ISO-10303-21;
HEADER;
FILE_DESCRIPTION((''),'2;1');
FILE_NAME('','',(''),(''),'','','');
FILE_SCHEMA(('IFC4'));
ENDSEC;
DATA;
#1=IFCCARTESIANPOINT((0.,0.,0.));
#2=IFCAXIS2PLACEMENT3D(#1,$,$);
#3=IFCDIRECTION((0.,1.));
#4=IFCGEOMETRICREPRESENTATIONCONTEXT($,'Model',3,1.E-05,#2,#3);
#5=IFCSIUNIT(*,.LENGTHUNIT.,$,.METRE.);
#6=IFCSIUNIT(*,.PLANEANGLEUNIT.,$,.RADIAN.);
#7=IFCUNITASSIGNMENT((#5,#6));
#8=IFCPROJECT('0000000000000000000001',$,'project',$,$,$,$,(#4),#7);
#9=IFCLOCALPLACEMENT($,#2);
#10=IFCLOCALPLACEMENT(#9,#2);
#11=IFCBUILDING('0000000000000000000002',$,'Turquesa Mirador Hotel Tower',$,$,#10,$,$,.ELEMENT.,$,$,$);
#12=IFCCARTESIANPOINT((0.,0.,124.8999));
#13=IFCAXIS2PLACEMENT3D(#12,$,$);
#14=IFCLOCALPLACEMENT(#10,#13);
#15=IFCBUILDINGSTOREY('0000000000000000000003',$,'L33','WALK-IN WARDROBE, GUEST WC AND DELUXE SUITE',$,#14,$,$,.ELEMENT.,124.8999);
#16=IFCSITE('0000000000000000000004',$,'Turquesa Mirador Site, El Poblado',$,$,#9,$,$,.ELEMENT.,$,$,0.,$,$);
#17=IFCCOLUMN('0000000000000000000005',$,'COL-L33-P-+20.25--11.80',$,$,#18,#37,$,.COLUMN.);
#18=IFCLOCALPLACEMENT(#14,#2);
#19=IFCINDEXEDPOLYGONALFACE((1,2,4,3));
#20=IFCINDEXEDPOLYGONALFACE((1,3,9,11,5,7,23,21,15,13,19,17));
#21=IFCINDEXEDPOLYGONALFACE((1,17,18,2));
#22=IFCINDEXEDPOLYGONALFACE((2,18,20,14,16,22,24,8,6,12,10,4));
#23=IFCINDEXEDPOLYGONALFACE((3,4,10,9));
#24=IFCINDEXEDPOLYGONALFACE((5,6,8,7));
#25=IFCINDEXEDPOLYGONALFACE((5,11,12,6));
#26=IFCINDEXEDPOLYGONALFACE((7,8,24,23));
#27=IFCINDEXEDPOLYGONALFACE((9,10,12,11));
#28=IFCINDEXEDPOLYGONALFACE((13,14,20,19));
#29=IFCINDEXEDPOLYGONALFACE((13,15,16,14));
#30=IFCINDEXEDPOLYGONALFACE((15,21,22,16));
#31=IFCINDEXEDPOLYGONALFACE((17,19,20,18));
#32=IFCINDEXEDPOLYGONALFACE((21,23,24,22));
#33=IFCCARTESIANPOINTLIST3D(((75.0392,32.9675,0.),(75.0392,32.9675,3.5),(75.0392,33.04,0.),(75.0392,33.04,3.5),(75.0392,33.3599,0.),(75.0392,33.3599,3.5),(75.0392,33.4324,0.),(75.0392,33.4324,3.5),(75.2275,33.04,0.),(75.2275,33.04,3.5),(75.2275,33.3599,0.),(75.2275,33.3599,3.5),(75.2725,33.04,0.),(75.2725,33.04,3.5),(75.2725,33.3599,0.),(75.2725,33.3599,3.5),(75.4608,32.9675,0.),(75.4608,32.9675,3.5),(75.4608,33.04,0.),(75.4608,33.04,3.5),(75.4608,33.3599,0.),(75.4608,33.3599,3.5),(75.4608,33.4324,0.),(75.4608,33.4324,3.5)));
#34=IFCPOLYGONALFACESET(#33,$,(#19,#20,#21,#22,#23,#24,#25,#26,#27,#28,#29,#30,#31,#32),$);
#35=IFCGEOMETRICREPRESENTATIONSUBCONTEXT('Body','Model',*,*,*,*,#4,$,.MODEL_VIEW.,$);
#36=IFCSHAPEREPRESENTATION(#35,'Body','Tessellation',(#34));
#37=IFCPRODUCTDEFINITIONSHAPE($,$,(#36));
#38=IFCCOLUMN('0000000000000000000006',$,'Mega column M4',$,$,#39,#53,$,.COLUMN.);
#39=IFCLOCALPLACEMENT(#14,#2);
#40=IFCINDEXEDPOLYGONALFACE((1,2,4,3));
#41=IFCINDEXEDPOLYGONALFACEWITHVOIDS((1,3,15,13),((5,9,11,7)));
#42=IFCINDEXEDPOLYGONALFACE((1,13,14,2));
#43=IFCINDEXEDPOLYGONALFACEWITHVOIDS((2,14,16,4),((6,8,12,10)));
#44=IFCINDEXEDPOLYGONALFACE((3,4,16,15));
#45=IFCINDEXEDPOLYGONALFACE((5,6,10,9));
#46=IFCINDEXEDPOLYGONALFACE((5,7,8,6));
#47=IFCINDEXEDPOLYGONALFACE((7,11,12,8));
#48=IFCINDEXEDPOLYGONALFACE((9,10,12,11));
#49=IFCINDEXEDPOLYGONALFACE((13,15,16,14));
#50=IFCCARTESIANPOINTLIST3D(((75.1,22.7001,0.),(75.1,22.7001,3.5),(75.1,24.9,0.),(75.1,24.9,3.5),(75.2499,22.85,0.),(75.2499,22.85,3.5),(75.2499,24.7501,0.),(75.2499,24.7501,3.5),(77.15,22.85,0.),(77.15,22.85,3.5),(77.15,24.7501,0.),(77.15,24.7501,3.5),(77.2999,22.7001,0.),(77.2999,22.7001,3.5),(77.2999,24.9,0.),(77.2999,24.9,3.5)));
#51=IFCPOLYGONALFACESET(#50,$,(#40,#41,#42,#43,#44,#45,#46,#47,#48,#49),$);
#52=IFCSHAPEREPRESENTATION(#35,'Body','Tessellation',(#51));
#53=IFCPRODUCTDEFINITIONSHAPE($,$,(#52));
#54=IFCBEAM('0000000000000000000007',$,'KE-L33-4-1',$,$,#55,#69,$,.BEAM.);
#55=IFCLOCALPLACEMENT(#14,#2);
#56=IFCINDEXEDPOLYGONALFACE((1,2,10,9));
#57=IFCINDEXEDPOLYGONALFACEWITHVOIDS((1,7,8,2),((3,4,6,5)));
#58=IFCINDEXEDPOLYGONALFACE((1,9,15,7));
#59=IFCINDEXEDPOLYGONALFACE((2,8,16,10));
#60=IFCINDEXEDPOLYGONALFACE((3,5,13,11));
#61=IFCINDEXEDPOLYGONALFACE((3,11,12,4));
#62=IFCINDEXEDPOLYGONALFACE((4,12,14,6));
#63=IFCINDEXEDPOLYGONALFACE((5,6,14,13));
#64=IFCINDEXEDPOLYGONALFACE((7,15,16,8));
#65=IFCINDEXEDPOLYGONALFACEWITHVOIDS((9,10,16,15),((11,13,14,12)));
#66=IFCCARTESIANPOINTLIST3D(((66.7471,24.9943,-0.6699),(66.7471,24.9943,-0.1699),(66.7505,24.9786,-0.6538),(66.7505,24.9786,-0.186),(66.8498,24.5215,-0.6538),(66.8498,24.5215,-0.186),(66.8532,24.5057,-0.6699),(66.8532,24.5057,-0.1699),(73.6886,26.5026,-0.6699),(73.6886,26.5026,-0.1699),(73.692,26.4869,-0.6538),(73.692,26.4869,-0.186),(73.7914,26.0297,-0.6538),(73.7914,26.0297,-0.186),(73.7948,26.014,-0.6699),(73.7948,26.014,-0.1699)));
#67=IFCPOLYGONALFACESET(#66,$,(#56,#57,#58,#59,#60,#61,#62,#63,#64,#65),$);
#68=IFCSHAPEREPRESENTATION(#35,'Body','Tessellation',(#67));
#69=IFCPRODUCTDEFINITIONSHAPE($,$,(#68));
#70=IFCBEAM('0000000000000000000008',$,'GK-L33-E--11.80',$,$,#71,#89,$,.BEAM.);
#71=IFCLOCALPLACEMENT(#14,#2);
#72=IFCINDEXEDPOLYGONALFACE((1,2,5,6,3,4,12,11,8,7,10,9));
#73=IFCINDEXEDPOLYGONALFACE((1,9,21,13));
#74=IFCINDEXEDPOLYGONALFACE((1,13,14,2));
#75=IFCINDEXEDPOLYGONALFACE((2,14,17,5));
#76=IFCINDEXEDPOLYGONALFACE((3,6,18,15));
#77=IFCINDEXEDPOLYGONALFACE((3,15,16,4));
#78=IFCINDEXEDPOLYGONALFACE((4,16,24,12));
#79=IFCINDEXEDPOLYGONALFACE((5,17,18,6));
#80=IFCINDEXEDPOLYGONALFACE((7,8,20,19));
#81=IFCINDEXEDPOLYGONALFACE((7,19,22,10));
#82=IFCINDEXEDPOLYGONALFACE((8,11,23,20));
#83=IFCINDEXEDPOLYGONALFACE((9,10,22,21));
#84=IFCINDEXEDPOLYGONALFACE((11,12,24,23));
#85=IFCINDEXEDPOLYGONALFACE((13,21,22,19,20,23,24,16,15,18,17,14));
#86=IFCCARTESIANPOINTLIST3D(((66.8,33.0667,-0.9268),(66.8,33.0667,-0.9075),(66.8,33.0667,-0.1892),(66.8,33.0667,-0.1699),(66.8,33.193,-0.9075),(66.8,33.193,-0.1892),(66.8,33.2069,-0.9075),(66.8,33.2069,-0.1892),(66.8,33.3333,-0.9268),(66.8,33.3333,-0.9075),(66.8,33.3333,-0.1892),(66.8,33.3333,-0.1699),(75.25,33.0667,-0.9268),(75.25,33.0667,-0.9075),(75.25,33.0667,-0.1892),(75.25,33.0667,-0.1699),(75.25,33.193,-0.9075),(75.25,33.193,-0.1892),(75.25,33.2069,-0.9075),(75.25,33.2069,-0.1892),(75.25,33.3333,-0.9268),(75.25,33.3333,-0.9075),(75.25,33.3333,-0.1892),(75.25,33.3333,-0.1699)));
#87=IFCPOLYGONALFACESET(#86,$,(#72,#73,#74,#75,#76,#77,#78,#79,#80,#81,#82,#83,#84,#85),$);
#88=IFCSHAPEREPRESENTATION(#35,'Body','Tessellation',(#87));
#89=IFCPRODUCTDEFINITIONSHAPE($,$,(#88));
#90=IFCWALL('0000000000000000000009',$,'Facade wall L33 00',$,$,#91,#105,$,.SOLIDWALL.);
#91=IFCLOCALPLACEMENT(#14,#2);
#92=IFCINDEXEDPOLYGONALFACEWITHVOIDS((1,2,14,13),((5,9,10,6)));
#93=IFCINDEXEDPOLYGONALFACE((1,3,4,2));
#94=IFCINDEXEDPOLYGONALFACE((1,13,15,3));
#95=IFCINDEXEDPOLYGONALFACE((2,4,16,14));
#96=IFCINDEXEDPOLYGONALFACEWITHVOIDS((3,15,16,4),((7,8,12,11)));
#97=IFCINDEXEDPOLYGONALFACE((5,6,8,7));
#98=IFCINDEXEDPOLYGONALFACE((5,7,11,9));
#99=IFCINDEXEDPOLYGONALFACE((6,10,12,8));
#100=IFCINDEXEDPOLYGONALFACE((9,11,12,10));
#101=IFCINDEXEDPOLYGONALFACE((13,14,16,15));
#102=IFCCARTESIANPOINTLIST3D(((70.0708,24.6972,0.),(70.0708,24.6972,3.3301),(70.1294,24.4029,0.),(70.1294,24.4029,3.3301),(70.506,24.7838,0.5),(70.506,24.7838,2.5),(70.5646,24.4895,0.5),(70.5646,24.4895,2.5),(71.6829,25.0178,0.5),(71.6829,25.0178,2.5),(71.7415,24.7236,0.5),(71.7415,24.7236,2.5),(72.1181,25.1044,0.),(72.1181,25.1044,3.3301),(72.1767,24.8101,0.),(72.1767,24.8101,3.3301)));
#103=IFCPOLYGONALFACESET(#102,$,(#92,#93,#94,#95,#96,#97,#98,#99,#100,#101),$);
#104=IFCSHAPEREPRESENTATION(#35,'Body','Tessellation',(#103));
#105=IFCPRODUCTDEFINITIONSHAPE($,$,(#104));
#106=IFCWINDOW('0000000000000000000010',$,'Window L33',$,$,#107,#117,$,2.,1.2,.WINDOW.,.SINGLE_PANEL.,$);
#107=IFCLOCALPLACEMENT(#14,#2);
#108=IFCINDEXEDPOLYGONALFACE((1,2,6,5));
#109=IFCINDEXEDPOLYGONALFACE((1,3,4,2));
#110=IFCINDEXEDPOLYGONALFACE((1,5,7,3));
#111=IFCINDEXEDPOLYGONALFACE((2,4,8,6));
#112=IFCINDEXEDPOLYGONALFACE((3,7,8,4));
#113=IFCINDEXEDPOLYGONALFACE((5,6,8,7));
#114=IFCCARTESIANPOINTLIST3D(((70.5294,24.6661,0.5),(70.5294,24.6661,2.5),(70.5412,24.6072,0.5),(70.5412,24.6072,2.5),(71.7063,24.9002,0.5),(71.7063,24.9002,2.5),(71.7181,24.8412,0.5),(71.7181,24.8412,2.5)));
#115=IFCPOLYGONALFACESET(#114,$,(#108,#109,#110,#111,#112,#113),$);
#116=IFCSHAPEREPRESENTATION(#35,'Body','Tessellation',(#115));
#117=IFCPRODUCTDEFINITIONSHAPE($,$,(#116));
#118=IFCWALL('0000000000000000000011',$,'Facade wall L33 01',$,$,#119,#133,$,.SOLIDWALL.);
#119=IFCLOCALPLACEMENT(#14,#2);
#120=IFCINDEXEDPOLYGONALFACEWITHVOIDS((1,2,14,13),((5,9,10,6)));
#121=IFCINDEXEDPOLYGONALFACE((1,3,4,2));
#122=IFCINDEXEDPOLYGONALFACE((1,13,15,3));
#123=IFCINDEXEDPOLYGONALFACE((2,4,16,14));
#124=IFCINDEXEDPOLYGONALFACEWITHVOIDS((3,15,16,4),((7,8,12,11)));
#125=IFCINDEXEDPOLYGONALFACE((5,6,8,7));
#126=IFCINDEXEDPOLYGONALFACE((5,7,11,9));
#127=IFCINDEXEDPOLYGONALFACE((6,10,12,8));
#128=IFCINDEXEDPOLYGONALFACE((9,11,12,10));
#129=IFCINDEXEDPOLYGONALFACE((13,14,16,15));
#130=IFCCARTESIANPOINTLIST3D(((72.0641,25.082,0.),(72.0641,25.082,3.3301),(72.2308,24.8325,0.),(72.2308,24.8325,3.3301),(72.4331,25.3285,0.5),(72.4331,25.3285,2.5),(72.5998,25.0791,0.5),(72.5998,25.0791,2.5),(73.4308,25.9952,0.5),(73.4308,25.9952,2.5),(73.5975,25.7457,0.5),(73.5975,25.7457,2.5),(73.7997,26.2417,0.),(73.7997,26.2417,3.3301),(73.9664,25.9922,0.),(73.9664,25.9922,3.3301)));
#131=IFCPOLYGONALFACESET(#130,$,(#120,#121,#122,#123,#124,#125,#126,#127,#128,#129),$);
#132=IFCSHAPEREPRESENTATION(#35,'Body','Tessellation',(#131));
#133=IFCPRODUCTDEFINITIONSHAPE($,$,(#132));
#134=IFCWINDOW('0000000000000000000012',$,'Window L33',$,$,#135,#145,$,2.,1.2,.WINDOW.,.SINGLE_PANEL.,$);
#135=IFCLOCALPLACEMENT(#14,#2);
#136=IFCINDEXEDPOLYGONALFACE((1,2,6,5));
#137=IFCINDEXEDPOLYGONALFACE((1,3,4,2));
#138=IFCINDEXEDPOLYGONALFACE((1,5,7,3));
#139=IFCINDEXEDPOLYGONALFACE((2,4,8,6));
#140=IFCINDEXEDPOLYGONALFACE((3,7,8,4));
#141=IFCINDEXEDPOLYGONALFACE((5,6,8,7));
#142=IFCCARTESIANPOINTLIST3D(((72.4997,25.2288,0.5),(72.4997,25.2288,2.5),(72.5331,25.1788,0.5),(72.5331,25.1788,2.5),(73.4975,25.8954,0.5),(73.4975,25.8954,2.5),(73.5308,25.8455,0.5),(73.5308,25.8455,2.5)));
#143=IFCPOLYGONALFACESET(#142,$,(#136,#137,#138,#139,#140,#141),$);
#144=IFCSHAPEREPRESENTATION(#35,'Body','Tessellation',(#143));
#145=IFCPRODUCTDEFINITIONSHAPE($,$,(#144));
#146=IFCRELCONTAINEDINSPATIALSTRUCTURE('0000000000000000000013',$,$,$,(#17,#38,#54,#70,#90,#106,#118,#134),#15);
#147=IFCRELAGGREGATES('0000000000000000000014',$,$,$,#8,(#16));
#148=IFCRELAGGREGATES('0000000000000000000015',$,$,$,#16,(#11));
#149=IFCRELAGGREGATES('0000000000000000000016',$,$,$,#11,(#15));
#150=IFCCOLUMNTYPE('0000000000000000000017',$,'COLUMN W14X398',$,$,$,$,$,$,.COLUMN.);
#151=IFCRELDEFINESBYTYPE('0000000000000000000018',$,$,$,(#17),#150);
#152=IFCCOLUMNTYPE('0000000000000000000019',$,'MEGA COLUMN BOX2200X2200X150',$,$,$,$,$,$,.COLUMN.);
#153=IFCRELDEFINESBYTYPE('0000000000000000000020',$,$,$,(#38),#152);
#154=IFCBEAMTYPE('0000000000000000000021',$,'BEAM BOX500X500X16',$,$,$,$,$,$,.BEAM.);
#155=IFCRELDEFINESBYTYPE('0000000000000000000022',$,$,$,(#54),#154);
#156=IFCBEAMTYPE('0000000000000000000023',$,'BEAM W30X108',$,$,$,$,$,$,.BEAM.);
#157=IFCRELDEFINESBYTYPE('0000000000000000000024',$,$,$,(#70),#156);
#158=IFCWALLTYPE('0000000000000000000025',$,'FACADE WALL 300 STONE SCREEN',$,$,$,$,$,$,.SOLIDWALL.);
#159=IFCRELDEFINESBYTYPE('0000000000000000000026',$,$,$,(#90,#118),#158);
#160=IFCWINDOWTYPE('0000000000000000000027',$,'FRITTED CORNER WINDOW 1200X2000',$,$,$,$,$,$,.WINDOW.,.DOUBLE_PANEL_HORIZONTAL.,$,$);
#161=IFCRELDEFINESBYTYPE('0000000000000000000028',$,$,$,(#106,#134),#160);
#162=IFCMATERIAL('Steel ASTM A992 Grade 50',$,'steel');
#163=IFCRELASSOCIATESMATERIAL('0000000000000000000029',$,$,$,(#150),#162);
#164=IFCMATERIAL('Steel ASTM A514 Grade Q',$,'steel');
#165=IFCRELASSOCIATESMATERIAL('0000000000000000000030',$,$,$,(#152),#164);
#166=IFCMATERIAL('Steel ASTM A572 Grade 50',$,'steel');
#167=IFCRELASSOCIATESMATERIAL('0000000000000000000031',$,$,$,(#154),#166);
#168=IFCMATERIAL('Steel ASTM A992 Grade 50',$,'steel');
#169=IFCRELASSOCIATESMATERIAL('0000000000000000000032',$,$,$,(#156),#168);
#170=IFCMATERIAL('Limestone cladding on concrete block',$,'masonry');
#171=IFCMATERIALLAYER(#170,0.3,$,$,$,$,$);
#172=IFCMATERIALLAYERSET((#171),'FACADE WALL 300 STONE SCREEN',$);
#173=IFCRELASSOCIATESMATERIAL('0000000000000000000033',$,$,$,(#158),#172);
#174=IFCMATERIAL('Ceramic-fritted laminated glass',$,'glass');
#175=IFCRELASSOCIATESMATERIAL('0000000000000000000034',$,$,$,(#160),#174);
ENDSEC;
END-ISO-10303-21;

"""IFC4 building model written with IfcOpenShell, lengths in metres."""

from ifc_helpers import new_model, si_unit, direction, frame, frame_2d, origin, origin_2d, place, context, subcontext, project, spatial, rectangle, hollow_rectangle, i_section, extrude, material, layer, layer_set, material_profile, profile_set, type_object, element, fill, save


model = new_model("IFC4")

# Units and contexts
model_context = context("Model", 3, precision=1e-05, world=origin(), true_north=direction((0.0, 1.0)))
body_context = subcontext(model_context, "Body", "Model", "MODEL_VIEW")
ifc_project = project(units=[si_unit("LENGTHUNIT", "METRE"), si_unit("PLANEANGLEUNIT", "RADIAN")], contexts=[model_context])

# Site, building, storey
site_placement = place(None, origin())
site = spatial("IfcSite", under=ifc_project, at=site_placement, Name="Turquesa Mirador Site, El Poblado", CompositionType="ELEMENT", RefElevation=0.0)
building_placement = place(site_placement, origin())
building = spatial("IfcBuilding", under=site, at=building_placement, Name="Turquesa Mirador Hotel Tower", CompositionType="ELEMENT")
storey_placement = place(building_placement, frame((0.0, 0.0, 124.8999)))
storey = spatial("IfcBuildingStorey", under=building, at=storey_placement, Name="L33", Description="WALK-IN WARDROBE, GUEST WC AND DELUXE SUITE", CompositionType="ELEMENT", Elevation=124.8999)

# Columns
ifc_material_1 = material(Name="Steel ASTM A992 Grade 50", Category="steel")
ifc_material_profile_1 = material_profile(ifc_material_1, i_section(OverallWidth=0.4216, OverallDepth=0.4648, WebThickness=0.0449, FlangeThickness=0.0725, at=origin_2d()), Name="W14X398")
ifc_profile_set_1 = profile_set([ifc_material_profile_1], Name="Steel ASTM A992 Grade 50")
column_type_1 = type_object("IfcColumnType", Name="COLUMN W14X398", PredefinedType="COLUMN", material=ifc_profile_set_1)
column_1_placement = place(storey_placement, frame((75.25, 33.2, 0.0), z_axis=(0.0, 0.0, 1.0), x_axis=(1.0, 0.0, 0.0)))
element("IfcColumn", 1, at=column_1_placement, inside=storey, type_object=column_type_1, Name="COL-L33-P-+20.25--11.80", PredefinedType="COLUMN", context=body_context, shape_type="SweptSolid", body=[
    extrude(i_section(OverallWidth=0.4216, OverallDepth=0.4648, WebThickness=0.0449, FlangeThickness=0.0725, at=origin_2d()), origin(), (0.0, 0.0, 1.0), 3.5),
])
ifc_material_2 = material(Name="Steel ASTM A514 Grade Q", Category="steel")
ifc_material_profile_2 = material_profile(ifc_material_2, hollow_rectangle(XDim=2.2, YDim=2.2, WallThickness=0.1499, at=origin_2d()), Name="BOX2200X2200X150")
ifc_profile_set_2 = profile_set([ifc_material_profile_2], Name="Steel ASTM A514 Grade Q")
column_type_2 = type_object("IfcColumnType", Name="MEGA COLUMN BOX2200X2200X150", PredefinedType="COLUMN", material=ifc_profile_set_2)
column_2_placement = place(storey_placement, frame((76.2, 23.8, 0.0), z_axis=(0.0, 0.0, 1.0), x_axis=(1.0, 0.0, 0.0)))
element("IfcColumn", 2, at=column_2_placement, inside=storey, type_object=column_type_2, Name="Mega column M4", PredefinedType="COLUMN", context=body_context, shape_type="SweptSolid", body=[
    extrude(hollow_rectangle(XDim=2.2, YDim=2.2, WallThickness=0.1499, at=origin_2d()), origin(), (0.0, 0.0, 1.0), 3.5),
])

# Beams
ifc_material_3 = material(Name="Steel ASTM A572 Grade 50", Category="steel")
ifc_material_profile_3 = material_profile(ifc_material_3, hollow_rectangle(XDim=0.5, YDim=0.5, WallThickness=0.0161, at=origin_2d()), Name="BOX500X500X16")
ifc_profile_set_3 = profile_set([ifc_material_profile_3], Name="Steel ASTM A572 Grade 50")
beam_type_1 = type_object("IfcBeamType", Name="BEAM BOX500X500X16", PredefinedType="BEAM", material=ifc_profile_set_3)
beam_1_placement = place(storey_placement, frame((73.7417, 26.2583, -0.4199), z_axis=(-0.977198, -0.212328, 0.0), x_axis=(0.212328, -0.977198, 0.0)))
element("IfcBeam", 3, at=beam_1_placement, inside=storey, type_object=beam_type_1, Name="KE-L33-4-1", PredefinedType="BEAM", context=body_context, shape_type="SweptSolid", body=[
    extrude(hollow_rectangle(XDim=0.5, YDim=0.5, WallThickness=0.0161, at=origin_2d()), origin(), (0.0, 0.0, 1.0), 7.1035),
])
ifc_material_4 = material(Name="Steel ASTM A992 Grade 50", Category="steel")
ifc_material_profile_4 = material_profile(ifc_material_4, i_section(OverallWidth=0.2666, OverallDepth=0.7568, WebThickness=0.0139, FlangeThickness=0.0193, at=origin_2d()), Name="W30X108")
ifc_profile_set_4 = profile_set([ifc_material_profile_4], Name="Steel ASTM A992 Grade 50")
beam_type_2 = type_object("IfcBeamType", Name="BEAM W30X108", PredefinedType="BEAM", material=ifc_profile_set_4)
beam_2_placement = place(storey_placement, frame((75.25, 33.2, -0.5483), z_axis=(-1.0, 0.0, 0.0), x_axis=(0.0, -1.0, 0.0)))
element("IfcBeam", 4, at=beam_2_placement, inside=storey, type_object=beam_type_2, Name="GK-L33-E--11.80", PredefinedType="BEAM", context=body_context, shape_type="SweptSolid", body=[
    extrude(i_section(OverallWidth=0.2666, OverallDepth=0.7568, WebThickness=0.0139, FlangeThickness=0.0193, at=origin_2d()), origin(), (0.0, 0.0, 1.0), 8.45),
])

# Walls, openings, windows
ifc_material_5 = material(Name="Limestone cladding on concrete block", Category="masonry")
ifc_layer = layer(ifc_material_5, 0.3)
ifc_layer_set = layer_set([ifc_layer], Name="FACADE WALL 300 STONE SCREEN")
wall_type = type_object("IfcWallType", Name="FACADE WALL 300 STONE SCREEN", PredefinedType="SOLIDWALL", material=ifc_layer_set)
wall_1_placement = place(storey_placement, frame((70.1001, 24.55, 0.0), z_axis=(0.0, 0.0, 1.0), x_axis=(0.980787, 0.195081, 0.0)))
wall_1 = element("IfcWall", 5, at=wall_1_placement, inside=storey, type_object=wall_type, Name="Facade wall L33 00", PredefinedType="SOLIDWALL", context=body_context, shape_type="SweptSolid", body=[
    extrude(rectangle(XDim=2.0874, YDim=0.3, at=frame_2d((1.0437, 0.0))), origin(), (0.0, 0.0, 1.0), 3.3301),
])
opening_1_placement = place(wall_1_placement, frame((0.4436, 0.0, 0.5)))
opening_1 = element("IfcOpeningElement", 6, at=opening_1_placement, cuts=wall_1, PredefinedType="OPENING", context=body_context, shape_type="SweptSolid", body=[
    extrude(rectangle(XDim=1.2, YDim=2.0, at=frame_2d((0.6001, 1.0))), frame((0.0, 0.1599, 0.0), z_axis=(0.0, -1.0, 0.0), x_axis=(1.0, 0.0, 0.0)), (0.0, 0.0, 1.0), 0.3201),
])
ifc_material_6 = material(Name="Ceramic-fritted laminated glass", Category="glass")
window_type_1 = type_object("IfcWindowType", Name="FRITTED CORNER WINDOW 1200X2000", PartitioningType="DOUBLE_PANEL_HORIZONTAL", PredefinedType="WINDOW", material=ifc_material_6)
window_1_placement = place(opening_1_placement, origin())
window_1 = element("IfcWindow", 7, at=window_1_placement, inside=storey, type_object=window_type_1, Name="Window L33", OverallHeight=2.0, OverallWidth=1.2, PartitioningType="SINGLE_PANEL", PredefinedType="WINDOW", context=body_context, shape_type="SweptSolid", body=[
    extrude(rectangle(XDim=1.2, YDim=2.0, at=frame_2d((0.6001, 1.0))), frame((0.0, 0.03, 0.0), z_axis=(0.0, -1.0, 0.0), x_axis=(1.0, 0.0, 0.0)), (0.0, 0.0, 1.0), 0.0601),
])
fill(opening_1, window_1)
wall_2_placement = place(storey_placement, frame((72.1475, 24.9573, 0.0), z_axis=(0.0, 0.0, 1.0), x_axis=(0.831474, 0.555564, 0.0)))
wall_2 = element("IfcWall", 8, at=wall_2_placement, inside=storey, type_object=wall_type, Name="Facade wall L33 01", PredefinedType="SOLIDWALL", context=body_context, shape_type="SweptSolid", body=[
    extrude(rectangle(XDim=2.0874, YDim=0.3, at=frame_2d((1.0437, 0.0))), origin(), (0.0, 0.0, 1.0), 3.3301),
])
opening_2_placement = place(wall_2_placement, frame((0.4436, 0.0, 0.5)))
opening_2 = element("IfcOpeningElement", 9, at=opening_2_placement, cuts=wall_2, PredefinedType="OPENING", context=body_context, shape_type="SweptSolid", body=[
    extrude(rectangle(XDim=1.2, YDim=2.0, at=frame_2d((0.6001, 1.0))), frame((0.0, 0.1599, 0.0), z_axis=(0.0, -1.0, 0.0), x_axis=(1.0, 0.0, 0.0)), (0.0, 0.0, 1.0), 0.3201),
])
window_2_placement = place(opening_2_placement, origin())
window_2 = element("IfcWindow", 10, at=window_2_placement, inside=storey, type_object=window_type_1, Name="Window L33", OverallHeight=2.0, OverallWidth=1.2, PartitioningType="SINGLE_PANEL", PredefinedType="WINDOW", context=body_context, shape_type="SweptSolid", body=[
    extrude(rectangle(XDim=1.2, YDim=2.0, at=frame_2d((0.6001, 1.0))), frame((0.0, 0.03, 0.0), z_axis=(0.0, -1.0, 0.0), x_axis=(1.0, 0.0, 0.0)), (0.0, 0.0, 1.0), 0.0601),
])
fill(opening_2, window_2)

save(model, "model.ifc")
